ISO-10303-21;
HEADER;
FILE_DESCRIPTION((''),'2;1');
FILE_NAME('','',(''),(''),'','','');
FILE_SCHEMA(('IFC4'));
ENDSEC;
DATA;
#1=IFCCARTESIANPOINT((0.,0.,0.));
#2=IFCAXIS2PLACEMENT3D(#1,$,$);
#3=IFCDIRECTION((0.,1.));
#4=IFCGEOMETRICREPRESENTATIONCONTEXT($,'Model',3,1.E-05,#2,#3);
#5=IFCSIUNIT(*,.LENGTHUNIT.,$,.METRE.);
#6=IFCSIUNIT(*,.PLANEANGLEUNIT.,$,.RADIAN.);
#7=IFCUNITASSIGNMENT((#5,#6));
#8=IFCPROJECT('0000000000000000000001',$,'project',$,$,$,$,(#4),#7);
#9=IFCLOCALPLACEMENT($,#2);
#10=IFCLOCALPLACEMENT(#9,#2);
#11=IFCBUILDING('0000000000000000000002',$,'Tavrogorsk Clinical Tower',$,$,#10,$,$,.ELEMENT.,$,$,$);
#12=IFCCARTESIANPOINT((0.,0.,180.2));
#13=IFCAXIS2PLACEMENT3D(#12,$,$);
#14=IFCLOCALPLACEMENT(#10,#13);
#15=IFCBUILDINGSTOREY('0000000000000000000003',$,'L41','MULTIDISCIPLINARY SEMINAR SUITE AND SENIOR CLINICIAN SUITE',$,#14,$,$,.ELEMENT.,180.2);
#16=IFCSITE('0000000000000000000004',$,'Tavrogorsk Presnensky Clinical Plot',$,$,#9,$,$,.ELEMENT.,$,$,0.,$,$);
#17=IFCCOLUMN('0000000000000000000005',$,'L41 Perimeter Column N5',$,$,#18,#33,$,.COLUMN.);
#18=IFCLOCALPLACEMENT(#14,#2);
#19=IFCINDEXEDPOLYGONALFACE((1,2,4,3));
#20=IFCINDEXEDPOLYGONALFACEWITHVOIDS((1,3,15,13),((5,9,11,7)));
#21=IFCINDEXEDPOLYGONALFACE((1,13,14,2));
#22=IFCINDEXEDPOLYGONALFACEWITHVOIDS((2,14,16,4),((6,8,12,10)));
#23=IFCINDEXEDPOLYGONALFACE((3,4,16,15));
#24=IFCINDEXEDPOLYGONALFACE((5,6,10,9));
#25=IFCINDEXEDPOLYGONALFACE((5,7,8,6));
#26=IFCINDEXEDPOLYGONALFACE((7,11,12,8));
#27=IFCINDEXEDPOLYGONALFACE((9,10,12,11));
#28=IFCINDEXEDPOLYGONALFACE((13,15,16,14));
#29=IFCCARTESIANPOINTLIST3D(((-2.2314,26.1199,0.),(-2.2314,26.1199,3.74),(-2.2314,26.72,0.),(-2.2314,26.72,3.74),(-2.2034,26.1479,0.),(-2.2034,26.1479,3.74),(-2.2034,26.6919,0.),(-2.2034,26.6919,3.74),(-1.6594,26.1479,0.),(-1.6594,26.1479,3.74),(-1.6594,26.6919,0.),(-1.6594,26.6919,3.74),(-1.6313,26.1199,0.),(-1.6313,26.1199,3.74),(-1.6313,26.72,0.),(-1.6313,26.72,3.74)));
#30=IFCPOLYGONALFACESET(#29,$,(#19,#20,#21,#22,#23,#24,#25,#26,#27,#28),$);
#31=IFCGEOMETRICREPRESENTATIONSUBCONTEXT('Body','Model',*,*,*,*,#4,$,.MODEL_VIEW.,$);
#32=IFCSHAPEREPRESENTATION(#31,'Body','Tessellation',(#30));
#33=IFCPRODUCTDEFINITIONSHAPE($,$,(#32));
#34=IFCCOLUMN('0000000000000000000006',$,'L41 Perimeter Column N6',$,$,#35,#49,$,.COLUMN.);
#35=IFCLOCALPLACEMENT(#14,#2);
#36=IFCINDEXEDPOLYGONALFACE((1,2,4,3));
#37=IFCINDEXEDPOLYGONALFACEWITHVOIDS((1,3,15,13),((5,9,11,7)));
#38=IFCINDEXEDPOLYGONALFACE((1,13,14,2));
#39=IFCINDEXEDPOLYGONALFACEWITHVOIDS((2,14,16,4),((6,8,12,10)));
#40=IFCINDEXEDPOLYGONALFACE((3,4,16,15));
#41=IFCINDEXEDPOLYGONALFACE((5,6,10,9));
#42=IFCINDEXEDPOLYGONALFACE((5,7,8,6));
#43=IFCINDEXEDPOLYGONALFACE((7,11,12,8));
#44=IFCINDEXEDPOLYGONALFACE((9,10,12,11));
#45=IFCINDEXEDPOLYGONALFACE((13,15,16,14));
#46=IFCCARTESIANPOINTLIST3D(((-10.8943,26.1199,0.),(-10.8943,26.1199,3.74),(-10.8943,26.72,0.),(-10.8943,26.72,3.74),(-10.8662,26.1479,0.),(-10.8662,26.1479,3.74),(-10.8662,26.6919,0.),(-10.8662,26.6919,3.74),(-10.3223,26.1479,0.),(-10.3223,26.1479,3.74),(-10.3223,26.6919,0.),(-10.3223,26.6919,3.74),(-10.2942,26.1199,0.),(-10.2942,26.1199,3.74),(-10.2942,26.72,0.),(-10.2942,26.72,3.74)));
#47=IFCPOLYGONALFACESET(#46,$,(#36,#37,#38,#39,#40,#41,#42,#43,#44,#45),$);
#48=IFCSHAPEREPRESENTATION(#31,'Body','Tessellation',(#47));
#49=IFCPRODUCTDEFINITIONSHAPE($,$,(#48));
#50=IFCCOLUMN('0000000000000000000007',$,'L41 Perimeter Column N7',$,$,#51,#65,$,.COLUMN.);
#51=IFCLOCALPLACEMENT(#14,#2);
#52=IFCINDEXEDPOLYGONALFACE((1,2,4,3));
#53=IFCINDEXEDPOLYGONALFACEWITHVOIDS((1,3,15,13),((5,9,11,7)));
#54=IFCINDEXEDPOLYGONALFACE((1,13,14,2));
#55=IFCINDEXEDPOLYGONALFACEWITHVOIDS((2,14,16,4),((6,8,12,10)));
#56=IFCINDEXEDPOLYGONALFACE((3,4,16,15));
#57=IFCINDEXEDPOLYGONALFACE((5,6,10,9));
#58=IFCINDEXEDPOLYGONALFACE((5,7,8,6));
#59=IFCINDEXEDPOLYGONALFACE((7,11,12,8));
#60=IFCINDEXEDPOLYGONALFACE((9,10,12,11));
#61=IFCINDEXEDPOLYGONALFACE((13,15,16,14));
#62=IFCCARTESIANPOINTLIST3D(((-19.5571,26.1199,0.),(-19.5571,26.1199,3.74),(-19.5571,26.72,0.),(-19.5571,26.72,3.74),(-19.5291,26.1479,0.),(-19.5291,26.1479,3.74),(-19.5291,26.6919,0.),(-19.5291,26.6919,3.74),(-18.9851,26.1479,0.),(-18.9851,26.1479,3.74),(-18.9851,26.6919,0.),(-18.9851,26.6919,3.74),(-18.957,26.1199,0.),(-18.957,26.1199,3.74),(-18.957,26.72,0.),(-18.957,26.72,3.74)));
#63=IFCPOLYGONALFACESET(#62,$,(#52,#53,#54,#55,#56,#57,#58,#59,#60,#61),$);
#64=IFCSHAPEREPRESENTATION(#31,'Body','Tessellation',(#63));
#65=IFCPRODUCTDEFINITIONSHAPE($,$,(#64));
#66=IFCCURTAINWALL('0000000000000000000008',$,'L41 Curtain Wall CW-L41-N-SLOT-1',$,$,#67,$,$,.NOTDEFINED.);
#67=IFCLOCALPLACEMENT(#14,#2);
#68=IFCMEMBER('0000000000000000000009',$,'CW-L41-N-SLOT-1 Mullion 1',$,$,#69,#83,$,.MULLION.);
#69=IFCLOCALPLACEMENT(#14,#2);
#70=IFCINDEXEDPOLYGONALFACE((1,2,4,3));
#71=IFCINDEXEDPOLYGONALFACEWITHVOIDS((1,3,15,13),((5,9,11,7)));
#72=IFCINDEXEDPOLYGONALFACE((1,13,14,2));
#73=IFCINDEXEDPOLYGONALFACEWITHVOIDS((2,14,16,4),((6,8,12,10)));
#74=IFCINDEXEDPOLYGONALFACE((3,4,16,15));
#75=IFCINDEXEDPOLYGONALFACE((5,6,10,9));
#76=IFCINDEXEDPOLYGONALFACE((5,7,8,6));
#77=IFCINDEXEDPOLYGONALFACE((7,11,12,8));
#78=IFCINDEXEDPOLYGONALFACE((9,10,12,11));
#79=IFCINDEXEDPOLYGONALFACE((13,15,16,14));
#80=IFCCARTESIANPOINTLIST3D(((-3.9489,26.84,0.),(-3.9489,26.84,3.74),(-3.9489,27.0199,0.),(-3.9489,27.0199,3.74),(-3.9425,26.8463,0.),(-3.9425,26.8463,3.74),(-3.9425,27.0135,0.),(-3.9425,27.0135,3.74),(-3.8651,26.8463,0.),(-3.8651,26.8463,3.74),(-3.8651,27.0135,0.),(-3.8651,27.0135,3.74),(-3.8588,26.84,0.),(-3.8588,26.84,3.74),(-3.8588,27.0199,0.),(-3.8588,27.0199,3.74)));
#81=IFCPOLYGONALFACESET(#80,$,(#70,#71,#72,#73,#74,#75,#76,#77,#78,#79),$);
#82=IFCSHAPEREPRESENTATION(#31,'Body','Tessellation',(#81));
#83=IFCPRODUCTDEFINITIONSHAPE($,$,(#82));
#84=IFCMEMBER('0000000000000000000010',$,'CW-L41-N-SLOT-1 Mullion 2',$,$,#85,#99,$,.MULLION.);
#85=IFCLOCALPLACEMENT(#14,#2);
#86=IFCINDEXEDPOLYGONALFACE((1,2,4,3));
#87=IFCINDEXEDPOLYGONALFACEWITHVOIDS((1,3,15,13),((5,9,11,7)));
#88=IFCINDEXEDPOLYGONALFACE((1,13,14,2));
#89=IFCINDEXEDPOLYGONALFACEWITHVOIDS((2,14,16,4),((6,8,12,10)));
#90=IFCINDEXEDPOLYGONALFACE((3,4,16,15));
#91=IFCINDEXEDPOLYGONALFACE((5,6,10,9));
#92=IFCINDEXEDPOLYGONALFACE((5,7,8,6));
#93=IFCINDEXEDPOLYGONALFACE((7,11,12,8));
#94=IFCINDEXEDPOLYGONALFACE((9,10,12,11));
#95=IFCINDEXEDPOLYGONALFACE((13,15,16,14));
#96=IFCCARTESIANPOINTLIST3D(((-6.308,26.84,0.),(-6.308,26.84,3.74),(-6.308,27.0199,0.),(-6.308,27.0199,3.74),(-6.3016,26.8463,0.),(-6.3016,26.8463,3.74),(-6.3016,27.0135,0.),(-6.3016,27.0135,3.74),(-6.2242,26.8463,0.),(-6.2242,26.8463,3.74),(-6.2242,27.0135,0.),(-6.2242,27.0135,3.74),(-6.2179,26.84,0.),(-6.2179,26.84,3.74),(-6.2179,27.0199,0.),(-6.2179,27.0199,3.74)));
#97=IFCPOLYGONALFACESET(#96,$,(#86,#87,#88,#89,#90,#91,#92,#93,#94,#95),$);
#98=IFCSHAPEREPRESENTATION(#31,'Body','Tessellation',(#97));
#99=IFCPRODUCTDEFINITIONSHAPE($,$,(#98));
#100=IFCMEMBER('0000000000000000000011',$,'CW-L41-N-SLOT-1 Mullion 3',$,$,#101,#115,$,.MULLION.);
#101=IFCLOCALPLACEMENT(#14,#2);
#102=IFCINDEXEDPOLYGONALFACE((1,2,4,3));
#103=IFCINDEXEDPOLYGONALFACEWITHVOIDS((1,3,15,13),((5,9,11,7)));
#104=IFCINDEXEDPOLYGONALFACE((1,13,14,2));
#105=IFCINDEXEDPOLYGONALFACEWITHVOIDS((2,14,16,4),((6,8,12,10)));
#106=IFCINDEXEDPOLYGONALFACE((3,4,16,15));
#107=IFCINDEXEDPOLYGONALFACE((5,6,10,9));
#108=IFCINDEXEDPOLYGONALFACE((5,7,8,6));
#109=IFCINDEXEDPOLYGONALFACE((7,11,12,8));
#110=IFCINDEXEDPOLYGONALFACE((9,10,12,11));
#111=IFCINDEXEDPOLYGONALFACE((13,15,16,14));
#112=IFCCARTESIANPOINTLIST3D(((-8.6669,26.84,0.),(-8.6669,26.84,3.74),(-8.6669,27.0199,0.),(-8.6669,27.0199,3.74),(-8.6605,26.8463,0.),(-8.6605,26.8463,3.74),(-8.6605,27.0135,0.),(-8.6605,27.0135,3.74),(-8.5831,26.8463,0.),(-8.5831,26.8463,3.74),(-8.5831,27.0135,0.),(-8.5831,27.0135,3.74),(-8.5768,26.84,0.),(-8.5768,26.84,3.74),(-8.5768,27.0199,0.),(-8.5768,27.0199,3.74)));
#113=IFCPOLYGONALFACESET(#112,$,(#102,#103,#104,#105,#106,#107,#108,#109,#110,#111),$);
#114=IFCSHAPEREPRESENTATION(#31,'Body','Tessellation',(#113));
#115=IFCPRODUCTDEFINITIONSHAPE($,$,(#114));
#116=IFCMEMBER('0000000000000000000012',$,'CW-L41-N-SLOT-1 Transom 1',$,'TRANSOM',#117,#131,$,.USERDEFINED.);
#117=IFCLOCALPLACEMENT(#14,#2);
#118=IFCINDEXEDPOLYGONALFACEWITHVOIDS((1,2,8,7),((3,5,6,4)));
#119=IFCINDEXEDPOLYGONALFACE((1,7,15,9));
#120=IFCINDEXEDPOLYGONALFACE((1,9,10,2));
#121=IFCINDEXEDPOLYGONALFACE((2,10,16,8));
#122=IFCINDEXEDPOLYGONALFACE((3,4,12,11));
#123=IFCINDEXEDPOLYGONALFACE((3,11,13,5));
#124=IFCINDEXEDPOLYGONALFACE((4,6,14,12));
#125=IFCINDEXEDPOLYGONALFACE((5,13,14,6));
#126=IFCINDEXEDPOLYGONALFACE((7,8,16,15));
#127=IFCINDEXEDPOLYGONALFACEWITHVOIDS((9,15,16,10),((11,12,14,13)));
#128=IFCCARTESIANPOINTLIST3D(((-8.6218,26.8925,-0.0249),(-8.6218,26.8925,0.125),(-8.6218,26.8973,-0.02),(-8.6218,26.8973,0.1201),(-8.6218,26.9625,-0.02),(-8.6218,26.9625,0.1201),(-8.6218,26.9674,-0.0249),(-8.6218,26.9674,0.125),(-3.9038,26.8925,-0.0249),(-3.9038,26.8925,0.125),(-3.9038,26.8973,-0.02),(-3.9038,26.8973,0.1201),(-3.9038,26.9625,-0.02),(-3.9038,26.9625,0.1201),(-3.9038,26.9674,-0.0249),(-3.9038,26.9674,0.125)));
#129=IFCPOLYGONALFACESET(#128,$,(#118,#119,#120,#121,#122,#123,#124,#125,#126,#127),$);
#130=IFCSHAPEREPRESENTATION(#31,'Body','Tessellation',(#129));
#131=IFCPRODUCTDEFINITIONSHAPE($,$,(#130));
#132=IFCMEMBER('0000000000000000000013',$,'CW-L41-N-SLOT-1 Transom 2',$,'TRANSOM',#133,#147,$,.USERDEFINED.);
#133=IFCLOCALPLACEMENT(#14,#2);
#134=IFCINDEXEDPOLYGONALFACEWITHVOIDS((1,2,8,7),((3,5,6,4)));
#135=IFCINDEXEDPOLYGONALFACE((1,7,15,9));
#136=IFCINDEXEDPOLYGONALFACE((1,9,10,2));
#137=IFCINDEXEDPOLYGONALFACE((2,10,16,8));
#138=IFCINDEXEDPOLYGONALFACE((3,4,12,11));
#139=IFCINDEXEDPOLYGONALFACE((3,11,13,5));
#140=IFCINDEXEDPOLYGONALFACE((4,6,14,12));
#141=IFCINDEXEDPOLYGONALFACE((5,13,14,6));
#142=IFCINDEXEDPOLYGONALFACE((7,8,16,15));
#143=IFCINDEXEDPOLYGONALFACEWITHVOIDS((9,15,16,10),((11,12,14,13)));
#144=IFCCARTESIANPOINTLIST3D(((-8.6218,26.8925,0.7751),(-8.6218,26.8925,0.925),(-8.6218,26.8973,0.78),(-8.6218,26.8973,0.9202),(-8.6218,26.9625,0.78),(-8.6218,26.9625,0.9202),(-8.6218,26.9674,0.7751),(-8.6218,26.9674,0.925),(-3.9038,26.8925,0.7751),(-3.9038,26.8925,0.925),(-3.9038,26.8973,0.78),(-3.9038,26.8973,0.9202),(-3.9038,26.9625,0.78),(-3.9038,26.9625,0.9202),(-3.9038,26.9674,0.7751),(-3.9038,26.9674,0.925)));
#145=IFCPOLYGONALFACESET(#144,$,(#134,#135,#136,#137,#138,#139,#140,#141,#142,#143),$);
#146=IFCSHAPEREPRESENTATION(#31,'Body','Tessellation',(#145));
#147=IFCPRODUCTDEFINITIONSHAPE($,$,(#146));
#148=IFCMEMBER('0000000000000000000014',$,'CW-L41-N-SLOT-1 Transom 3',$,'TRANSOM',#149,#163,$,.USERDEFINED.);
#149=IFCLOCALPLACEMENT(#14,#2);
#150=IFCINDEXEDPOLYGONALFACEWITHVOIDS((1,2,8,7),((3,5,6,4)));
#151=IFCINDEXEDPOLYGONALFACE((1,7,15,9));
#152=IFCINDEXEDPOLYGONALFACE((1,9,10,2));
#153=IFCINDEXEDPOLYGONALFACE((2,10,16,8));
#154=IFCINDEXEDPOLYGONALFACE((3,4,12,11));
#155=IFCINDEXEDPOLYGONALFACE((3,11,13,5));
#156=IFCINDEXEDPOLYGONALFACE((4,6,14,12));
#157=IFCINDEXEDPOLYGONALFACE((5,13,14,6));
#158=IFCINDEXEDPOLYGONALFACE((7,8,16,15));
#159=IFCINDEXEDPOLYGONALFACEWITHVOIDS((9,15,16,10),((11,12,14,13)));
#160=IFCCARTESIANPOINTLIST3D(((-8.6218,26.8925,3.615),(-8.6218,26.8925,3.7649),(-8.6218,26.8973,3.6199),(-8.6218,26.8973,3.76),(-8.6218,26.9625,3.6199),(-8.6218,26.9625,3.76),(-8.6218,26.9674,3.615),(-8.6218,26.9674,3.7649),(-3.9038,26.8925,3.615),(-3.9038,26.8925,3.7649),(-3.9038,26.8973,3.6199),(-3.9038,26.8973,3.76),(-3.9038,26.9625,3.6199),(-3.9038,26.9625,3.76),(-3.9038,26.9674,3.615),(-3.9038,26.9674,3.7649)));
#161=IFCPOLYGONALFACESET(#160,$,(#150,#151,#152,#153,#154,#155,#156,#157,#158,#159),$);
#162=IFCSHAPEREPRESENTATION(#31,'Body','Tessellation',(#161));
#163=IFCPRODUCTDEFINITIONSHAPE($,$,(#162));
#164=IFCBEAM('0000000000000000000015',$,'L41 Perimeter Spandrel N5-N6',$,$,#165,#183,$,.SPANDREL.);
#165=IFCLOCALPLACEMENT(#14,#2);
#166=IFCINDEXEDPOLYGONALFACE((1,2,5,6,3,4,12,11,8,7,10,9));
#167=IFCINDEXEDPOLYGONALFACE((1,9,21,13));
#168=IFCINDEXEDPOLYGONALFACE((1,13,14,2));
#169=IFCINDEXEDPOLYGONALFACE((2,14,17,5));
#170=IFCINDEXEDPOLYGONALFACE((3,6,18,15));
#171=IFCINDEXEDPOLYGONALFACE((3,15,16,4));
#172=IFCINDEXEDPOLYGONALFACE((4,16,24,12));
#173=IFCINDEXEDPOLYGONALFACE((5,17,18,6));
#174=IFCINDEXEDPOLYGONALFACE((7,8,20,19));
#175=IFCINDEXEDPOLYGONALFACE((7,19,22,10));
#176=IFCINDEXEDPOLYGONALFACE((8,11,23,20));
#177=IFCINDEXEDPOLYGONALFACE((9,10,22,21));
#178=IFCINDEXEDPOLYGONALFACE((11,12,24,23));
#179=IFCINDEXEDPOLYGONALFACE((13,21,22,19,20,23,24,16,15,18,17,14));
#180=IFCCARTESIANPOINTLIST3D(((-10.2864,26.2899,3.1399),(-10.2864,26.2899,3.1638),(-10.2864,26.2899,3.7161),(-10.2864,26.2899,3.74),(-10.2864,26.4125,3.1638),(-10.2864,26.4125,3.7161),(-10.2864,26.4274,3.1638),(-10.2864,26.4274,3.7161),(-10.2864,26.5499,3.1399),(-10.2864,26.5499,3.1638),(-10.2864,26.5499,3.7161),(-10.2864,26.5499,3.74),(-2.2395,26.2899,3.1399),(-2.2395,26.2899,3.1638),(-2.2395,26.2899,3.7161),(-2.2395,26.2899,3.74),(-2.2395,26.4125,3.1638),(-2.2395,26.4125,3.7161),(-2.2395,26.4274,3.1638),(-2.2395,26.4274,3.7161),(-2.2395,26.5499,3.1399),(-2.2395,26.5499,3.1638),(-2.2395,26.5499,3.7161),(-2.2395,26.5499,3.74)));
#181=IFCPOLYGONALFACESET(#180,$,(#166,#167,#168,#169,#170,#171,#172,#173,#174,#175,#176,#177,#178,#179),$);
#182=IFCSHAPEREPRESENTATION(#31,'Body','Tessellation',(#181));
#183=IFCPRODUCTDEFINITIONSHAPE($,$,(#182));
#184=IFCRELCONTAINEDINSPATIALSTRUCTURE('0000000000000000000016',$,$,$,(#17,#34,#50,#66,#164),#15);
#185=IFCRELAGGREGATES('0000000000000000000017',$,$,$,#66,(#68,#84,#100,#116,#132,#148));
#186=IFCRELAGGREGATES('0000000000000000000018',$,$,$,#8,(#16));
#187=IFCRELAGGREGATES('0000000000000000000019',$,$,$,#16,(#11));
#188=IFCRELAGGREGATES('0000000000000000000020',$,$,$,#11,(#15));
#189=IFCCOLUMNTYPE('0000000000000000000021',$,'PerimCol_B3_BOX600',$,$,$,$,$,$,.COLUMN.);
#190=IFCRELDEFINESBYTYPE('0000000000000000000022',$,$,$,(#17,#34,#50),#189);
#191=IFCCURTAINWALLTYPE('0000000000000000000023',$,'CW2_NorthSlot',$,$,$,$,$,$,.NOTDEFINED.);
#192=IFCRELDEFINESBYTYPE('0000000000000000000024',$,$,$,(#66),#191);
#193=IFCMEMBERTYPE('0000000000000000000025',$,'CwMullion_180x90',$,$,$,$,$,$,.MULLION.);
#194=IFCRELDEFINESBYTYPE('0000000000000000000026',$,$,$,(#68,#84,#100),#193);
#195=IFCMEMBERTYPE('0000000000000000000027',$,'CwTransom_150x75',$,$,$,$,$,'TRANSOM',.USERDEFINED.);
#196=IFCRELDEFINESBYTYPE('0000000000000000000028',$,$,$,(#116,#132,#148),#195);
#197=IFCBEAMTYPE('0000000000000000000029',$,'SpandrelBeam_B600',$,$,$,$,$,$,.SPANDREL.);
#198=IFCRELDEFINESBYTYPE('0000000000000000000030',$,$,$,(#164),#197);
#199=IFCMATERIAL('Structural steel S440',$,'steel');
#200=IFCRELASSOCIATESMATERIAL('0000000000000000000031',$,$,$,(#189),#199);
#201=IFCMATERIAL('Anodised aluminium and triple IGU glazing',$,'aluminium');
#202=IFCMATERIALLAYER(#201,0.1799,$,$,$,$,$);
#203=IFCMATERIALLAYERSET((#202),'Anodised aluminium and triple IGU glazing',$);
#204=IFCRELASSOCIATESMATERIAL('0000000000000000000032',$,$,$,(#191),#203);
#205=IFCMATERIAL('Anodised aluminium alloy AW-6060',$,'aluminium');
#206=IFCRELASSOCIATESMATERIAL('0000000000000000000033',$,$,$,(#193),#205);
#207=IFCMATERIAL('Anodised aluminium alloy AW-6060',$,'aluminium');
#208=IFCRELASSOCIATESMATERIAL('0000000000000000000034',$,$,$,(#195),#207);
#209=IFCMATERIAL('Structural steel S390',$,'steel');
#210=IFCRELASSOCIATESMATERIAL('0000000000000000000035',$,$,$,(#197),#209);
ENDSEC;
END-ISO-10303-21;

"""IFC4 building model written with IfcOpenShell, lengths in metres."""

from ifc_helpers import new_model, si_unit, direction, frame, origin, origin_2d, place, context, subcontext, project, spatial, hollow_rectangle, i_section, extrude, material, layer, layer_set, material_profile, profile_set, type_object, element, aggregate, save


model = new_model("IFC4")

# Units and contexts
model_context = context("Model", 3, precision=1e-05, world=origin(), true_north=direction((0.0, 1.0)))
body_context = subcontext(model_context, "Body", "Model", "MODEL_VIEW")
ifc_project = project(units=[si_unit("LENGTHUNIT", "METRE"), si_unit("PLANEANGLEUNIT", "RADIAN")], contexts=[model_context])

# Site, building, storey
site_placement = place(None, origin())
site = spatial("IfcSite", under=ifc_project, at=site_placement, Name="Tavrogorsk Presnensky Clinical Plot", CompositionType="ELEMENT", RefElevation=0.0)
building_placement = place(site_placement, origin())
building = spatial("IfcBuilding", under=site, at=building_placement, Name="Tavrogorsk Clinical Tower", CompositionType="ELEMENT")
storey_placement = place(building_placement, frame((0.0, 0.0, 180.2)))
storey = spatial("IfcBuildingStorey", under=building, at=storey_placement, Name="L41", Description="MULTIDISCIPLINARY SEMINAR SUITE AND SENIOR CLINICIAN SUITE", CompositionType="ELEMENT", Elevation=180.2)

# Columns
ifc_material_1 = material(Name="Structural steel S440", Category="steel")
ifc_material_profile_1 = material_profile(ifc_material_1, hollow_rectangle(XDim=0.6001, YDim=0.6001, WallThickness=0.0281, at=origin_2d()), Name="BOX-600x600x28")
ifc_profile_set_1 = profile_set([ifc_material_profile_1], Name="Structural steel S440")
column_type = type_object("IfcColumnType", Name="PerimCol_B3_BOX600", PredefinedType="COLUMN", material=ifc_profile_set_1)
for number, where, z_axis, x_axis, name in (
    (1, (-1.9314, 26.4199, 0.0), (0.0, 0.0, 1.0), (1.0, 0.0, 0.0), "L41 Perimeter Column N5"),
    (2, (-10.5942, 26.4199, 0.0), (0.0, 0.0, 1.0), (1.0, 0.0, 0.0), "L41 Perimeter Column N6"),
    (3, (-19.2571, 26.4199, 0.0), (0.0, 0.0, 1.0), (1.0, 0.0, 0.0), "L41 Perimeter Column N7"),
):
    element("IfcColumn", number, at=place(storey_placement, frame(where, z_axis=z_axis, x_axis=x_axis)), inside=storey, type_object=column_type, Name=name, PredefinedType="COLUMN", context=body_context, shape_type="SweptSolid", body=[
        extrude(hollow_rectangle(XDim=0.6001, YDim=0.6001, WallThickness=0.0281, at=origin_2d()), origin(), (0.0, 0.0, 1.0), 3.74),
    ])

# Curtain wall, members
ifc_material_2 = material(Name="Anodised aluminium and triple IGU glazing", Category="aluminium")
ifc_layer_1 = layer(ifc_material_2, 0.1799)
ifc_layer_set_1 = layer_set([ifc_layer_1], Name="Anodised aluminium and triple IGU glazing")
curtain_wall_type = type_object("IfcCurtainWallType", Name="CW2_NorthSlot", PredefinedType="NOTDEFINED", material=ifc_layer_set_1)
curtain_wall_placement = place(storey_placement, origin())
curtain_wall = element("IfcCurtainWall", 4, at=curtain_wall_placement, inside=storey, type_object=curtain_wall_type, Name="L41 Curtain Wall CW-L41-N-SLOT-1", PredefinedType="NOTDEFINED")
ifc_material_3 = material(Name="Anodised aluminium alloy AW-6060", Category="aluminium")
ifc_material_profile_2 = material_profile(ifc_material_3, hollow_rectangle(XDim=0.0901, YDim=0.1799, WallThickness=0.0063, at=origin_2d()), Name="RHS-180x90x6.3")
ifc_profile_set_2 = profile_set([ifc_material_profile_2], Name="Anodised aluminium alloy AW-6060")
member_type_1 = type_object("IfcMemberType", Name="CwMullion_180x90", PredefinedType="MULLION", material=ifc_profile_set_2)
member_1_placement = place(storey_placement, frame((-3.9038, 26.9299, 0.0), z_axis=(0.0, 0.0, 1.0), x_axis=(-1.0, 0.0, 0.0)))
member_1 = element("IfcMember", 5, at=member_1_placement, type_object=member_type_1, Name="CW-L41-N-SLOT-1 Mullion 1", PredefinedType="MULLION", context=body_context, shape_type="SweptSolid", body=[
    extrude(hollow_rectangle(XDim=0.0901, YDim=0.1799, WallThickness=0.0063, at=origin_2d()), origin(), (0.0, 0.0, 1.0), 3.74),
])
member_2_placement = place(storey_placement, frame((-6.2629, 26.9299, 0.0), z_axis=(0.0, 0.0, 1.0), x_axis=(-1.0, 0.0, 0.0)))
member_2 = element("IfcMember", 6, at=member_2_placement, type_object=member_type_1, Name="CW-L41-N-SLOT-1 Mullion 2", PredefinedType="MULLION", context=body_context, shape_type="SweptSolid", body=[
    extrude(hollow_rectangle(XDim=0.0901, YDim=0.1799, WallThickness=0.0063, at=origin_2d()), origin(), (0.0, 0.0, 1.0), 3.74),
])
member_3_placement = place(storey_placement, frame((-8.6218, 26.9299, 0.0), z_axis=(0.0, 0.0, 1.0), x_axis=(-1.0, 0.0, 0.0)))
member_3 = element("IfcMember", 7, at=member_3_placement, type_object=member_type_1, Name="CW-L41-N-SLOT-1 Mullion 3", PredefinedType="MULLION", context=body_context, shape_type="SweptSolid", body=[
    extrude(hollow_rectangle(XDim=0.0901, YDim=0.1799, WallThickness=0.0063, at=origin_2d()), origin(), (0.0, 0.0, 1.0), 3.74),
])
ifc_material_4 = material(Name="Anodised aluminium alloy AW-6060", Category="aluminium")
ifc_material_profile_3 = material_profile(ifc_material_4, hollow_rectangle(XDim=0.075, YDim=0.1499, WallThickness=0.0049, at=origin_2d()), Name="RHS-150x75x5")
ifc_profile_set_3 = profile_set([ifc_material_profile_3], Name="Anodised aluminium alloy AW-6060")
member_type_2 = type_object("IfcMemberType", Name="CwTransom_150x75", ElementType="TRANSOM", PredefinedType="USERDEFINED", material=ifc_profile_set_3)
member_4_placement = place(storey_placement, frame((-3.9038, 26.9299, 0.05), z_axis=(-1.0, 0.0, 0.0), x_axis=(0.0, -1.0, 0.0)))
member_4 = element("IfcMember", 8, at=member_4_placement, type_object=member_type_2, Name="CW-L41-N-SLOT-1 Transom 1", ObjectType="TRANSOM", PredefinedType="USERDEFINED", context=body_context, shape_type="SweptSolid", body=[
    extrude(hollow_rectangle(XDim=0.075, YDim=0.1499, WallThickness=0.0049, at=origin_2d()), origin(), (0.0, 0.0, 1.0), 4.718),
])
member_5_placement = place(storey_placement, frame((-3.9038, 26.9299, 0.8501), z_axis=(-1.0, 0.0, 0.0), x_axis=(0.0, -1.0, 0.0)))
member_5 = element("IfcMember", 9, at=member_5_placement, type_object=member_type_2, Name="CW-L41-N-SLOT-1 Transom 2", ObjectType="TRANSOM", PredefinedType="USERDEFINED", context=body_context, shape_type="SweptSolid", body=[
    extrude(hollow_rectangle(XDim=0.075, YDim=0.1499, WallThickness=0.0049, at=origin_2d()), origin(), (0.0, 0.0, 1.0), 4.718),
])
member_6_placement = place(storey_placement, frame((-3.9038, 26.9299, 3.6899), z_axis=(-1.0, 0.0, 0.0), x_axis=(0.0, -1.0, 0.0)))
member_6 = element("IfcMember", 10, at=member_6_placement, type_object=member_type_2, Name="CW-L41-N-SLOT-1 Transom 3", ObjectType="TRANSOM", PredefinedType="USERDEFINED", context=body_context, shape_type="SweptSolid", body=[
    extrude(hollow_rectangle(XDim=0.075, YDim=0.1499, WallThickness=0.0049, at=origin_2d()), origin(), (0.0, 0.0, 1.0), 4.718),
])

# Beam
ifc_material_5 = material(Name="Structural steel S390", Category="steel")
ifc_material_profile_4 = material_profile(ifc_material_5, i_section(OverallWidth=0.26, OverallDepth=0.6001, WebThickness=0.0149, FlangeThickness=0.0239, at=origin_2d()), Name="B-600x260x15x24")
ifc_profile_set_4 = profile_set([ifc_material_profile_4], Name="Structural steel S390")
beam_type = type_object("IfcBeamType", Name="SpandrelBeam_B600", PredefinedType="SPANDREL", material=ifc_profile_set_4)
for number, where, z_axis, x_axis, name in (
    (11, (-2.2395, 26.4199, 3.4399), (-1.0, 0.0, 0.0), (0.0, -1.0, 0.0), "L41 Perimeter Spandrel N5-N6"),
):
    element("IfcBeam", number, at=place(storey_placement, frame(where, z_axis=z_axis, x_axis=x_axis)), inside=storey, type_object=beam_type, Name=name, PredefinedType="SPANDREL", context=body_context, shape_type="SweptSolid", body=[
        extrude(i_section(OverallWidth=0.26, OverallDepth=0.6001, WebThickness=0.0149, FlangeThickness=0.0239, at=origin_2d()), origin(), (0.0, 0.0, 1.0), 8.0469),
    ])

aggregate(curtain_wall, [member_1, member_2, member_3, member_4, member_5, member_6])

save(model, "model.ifc")
